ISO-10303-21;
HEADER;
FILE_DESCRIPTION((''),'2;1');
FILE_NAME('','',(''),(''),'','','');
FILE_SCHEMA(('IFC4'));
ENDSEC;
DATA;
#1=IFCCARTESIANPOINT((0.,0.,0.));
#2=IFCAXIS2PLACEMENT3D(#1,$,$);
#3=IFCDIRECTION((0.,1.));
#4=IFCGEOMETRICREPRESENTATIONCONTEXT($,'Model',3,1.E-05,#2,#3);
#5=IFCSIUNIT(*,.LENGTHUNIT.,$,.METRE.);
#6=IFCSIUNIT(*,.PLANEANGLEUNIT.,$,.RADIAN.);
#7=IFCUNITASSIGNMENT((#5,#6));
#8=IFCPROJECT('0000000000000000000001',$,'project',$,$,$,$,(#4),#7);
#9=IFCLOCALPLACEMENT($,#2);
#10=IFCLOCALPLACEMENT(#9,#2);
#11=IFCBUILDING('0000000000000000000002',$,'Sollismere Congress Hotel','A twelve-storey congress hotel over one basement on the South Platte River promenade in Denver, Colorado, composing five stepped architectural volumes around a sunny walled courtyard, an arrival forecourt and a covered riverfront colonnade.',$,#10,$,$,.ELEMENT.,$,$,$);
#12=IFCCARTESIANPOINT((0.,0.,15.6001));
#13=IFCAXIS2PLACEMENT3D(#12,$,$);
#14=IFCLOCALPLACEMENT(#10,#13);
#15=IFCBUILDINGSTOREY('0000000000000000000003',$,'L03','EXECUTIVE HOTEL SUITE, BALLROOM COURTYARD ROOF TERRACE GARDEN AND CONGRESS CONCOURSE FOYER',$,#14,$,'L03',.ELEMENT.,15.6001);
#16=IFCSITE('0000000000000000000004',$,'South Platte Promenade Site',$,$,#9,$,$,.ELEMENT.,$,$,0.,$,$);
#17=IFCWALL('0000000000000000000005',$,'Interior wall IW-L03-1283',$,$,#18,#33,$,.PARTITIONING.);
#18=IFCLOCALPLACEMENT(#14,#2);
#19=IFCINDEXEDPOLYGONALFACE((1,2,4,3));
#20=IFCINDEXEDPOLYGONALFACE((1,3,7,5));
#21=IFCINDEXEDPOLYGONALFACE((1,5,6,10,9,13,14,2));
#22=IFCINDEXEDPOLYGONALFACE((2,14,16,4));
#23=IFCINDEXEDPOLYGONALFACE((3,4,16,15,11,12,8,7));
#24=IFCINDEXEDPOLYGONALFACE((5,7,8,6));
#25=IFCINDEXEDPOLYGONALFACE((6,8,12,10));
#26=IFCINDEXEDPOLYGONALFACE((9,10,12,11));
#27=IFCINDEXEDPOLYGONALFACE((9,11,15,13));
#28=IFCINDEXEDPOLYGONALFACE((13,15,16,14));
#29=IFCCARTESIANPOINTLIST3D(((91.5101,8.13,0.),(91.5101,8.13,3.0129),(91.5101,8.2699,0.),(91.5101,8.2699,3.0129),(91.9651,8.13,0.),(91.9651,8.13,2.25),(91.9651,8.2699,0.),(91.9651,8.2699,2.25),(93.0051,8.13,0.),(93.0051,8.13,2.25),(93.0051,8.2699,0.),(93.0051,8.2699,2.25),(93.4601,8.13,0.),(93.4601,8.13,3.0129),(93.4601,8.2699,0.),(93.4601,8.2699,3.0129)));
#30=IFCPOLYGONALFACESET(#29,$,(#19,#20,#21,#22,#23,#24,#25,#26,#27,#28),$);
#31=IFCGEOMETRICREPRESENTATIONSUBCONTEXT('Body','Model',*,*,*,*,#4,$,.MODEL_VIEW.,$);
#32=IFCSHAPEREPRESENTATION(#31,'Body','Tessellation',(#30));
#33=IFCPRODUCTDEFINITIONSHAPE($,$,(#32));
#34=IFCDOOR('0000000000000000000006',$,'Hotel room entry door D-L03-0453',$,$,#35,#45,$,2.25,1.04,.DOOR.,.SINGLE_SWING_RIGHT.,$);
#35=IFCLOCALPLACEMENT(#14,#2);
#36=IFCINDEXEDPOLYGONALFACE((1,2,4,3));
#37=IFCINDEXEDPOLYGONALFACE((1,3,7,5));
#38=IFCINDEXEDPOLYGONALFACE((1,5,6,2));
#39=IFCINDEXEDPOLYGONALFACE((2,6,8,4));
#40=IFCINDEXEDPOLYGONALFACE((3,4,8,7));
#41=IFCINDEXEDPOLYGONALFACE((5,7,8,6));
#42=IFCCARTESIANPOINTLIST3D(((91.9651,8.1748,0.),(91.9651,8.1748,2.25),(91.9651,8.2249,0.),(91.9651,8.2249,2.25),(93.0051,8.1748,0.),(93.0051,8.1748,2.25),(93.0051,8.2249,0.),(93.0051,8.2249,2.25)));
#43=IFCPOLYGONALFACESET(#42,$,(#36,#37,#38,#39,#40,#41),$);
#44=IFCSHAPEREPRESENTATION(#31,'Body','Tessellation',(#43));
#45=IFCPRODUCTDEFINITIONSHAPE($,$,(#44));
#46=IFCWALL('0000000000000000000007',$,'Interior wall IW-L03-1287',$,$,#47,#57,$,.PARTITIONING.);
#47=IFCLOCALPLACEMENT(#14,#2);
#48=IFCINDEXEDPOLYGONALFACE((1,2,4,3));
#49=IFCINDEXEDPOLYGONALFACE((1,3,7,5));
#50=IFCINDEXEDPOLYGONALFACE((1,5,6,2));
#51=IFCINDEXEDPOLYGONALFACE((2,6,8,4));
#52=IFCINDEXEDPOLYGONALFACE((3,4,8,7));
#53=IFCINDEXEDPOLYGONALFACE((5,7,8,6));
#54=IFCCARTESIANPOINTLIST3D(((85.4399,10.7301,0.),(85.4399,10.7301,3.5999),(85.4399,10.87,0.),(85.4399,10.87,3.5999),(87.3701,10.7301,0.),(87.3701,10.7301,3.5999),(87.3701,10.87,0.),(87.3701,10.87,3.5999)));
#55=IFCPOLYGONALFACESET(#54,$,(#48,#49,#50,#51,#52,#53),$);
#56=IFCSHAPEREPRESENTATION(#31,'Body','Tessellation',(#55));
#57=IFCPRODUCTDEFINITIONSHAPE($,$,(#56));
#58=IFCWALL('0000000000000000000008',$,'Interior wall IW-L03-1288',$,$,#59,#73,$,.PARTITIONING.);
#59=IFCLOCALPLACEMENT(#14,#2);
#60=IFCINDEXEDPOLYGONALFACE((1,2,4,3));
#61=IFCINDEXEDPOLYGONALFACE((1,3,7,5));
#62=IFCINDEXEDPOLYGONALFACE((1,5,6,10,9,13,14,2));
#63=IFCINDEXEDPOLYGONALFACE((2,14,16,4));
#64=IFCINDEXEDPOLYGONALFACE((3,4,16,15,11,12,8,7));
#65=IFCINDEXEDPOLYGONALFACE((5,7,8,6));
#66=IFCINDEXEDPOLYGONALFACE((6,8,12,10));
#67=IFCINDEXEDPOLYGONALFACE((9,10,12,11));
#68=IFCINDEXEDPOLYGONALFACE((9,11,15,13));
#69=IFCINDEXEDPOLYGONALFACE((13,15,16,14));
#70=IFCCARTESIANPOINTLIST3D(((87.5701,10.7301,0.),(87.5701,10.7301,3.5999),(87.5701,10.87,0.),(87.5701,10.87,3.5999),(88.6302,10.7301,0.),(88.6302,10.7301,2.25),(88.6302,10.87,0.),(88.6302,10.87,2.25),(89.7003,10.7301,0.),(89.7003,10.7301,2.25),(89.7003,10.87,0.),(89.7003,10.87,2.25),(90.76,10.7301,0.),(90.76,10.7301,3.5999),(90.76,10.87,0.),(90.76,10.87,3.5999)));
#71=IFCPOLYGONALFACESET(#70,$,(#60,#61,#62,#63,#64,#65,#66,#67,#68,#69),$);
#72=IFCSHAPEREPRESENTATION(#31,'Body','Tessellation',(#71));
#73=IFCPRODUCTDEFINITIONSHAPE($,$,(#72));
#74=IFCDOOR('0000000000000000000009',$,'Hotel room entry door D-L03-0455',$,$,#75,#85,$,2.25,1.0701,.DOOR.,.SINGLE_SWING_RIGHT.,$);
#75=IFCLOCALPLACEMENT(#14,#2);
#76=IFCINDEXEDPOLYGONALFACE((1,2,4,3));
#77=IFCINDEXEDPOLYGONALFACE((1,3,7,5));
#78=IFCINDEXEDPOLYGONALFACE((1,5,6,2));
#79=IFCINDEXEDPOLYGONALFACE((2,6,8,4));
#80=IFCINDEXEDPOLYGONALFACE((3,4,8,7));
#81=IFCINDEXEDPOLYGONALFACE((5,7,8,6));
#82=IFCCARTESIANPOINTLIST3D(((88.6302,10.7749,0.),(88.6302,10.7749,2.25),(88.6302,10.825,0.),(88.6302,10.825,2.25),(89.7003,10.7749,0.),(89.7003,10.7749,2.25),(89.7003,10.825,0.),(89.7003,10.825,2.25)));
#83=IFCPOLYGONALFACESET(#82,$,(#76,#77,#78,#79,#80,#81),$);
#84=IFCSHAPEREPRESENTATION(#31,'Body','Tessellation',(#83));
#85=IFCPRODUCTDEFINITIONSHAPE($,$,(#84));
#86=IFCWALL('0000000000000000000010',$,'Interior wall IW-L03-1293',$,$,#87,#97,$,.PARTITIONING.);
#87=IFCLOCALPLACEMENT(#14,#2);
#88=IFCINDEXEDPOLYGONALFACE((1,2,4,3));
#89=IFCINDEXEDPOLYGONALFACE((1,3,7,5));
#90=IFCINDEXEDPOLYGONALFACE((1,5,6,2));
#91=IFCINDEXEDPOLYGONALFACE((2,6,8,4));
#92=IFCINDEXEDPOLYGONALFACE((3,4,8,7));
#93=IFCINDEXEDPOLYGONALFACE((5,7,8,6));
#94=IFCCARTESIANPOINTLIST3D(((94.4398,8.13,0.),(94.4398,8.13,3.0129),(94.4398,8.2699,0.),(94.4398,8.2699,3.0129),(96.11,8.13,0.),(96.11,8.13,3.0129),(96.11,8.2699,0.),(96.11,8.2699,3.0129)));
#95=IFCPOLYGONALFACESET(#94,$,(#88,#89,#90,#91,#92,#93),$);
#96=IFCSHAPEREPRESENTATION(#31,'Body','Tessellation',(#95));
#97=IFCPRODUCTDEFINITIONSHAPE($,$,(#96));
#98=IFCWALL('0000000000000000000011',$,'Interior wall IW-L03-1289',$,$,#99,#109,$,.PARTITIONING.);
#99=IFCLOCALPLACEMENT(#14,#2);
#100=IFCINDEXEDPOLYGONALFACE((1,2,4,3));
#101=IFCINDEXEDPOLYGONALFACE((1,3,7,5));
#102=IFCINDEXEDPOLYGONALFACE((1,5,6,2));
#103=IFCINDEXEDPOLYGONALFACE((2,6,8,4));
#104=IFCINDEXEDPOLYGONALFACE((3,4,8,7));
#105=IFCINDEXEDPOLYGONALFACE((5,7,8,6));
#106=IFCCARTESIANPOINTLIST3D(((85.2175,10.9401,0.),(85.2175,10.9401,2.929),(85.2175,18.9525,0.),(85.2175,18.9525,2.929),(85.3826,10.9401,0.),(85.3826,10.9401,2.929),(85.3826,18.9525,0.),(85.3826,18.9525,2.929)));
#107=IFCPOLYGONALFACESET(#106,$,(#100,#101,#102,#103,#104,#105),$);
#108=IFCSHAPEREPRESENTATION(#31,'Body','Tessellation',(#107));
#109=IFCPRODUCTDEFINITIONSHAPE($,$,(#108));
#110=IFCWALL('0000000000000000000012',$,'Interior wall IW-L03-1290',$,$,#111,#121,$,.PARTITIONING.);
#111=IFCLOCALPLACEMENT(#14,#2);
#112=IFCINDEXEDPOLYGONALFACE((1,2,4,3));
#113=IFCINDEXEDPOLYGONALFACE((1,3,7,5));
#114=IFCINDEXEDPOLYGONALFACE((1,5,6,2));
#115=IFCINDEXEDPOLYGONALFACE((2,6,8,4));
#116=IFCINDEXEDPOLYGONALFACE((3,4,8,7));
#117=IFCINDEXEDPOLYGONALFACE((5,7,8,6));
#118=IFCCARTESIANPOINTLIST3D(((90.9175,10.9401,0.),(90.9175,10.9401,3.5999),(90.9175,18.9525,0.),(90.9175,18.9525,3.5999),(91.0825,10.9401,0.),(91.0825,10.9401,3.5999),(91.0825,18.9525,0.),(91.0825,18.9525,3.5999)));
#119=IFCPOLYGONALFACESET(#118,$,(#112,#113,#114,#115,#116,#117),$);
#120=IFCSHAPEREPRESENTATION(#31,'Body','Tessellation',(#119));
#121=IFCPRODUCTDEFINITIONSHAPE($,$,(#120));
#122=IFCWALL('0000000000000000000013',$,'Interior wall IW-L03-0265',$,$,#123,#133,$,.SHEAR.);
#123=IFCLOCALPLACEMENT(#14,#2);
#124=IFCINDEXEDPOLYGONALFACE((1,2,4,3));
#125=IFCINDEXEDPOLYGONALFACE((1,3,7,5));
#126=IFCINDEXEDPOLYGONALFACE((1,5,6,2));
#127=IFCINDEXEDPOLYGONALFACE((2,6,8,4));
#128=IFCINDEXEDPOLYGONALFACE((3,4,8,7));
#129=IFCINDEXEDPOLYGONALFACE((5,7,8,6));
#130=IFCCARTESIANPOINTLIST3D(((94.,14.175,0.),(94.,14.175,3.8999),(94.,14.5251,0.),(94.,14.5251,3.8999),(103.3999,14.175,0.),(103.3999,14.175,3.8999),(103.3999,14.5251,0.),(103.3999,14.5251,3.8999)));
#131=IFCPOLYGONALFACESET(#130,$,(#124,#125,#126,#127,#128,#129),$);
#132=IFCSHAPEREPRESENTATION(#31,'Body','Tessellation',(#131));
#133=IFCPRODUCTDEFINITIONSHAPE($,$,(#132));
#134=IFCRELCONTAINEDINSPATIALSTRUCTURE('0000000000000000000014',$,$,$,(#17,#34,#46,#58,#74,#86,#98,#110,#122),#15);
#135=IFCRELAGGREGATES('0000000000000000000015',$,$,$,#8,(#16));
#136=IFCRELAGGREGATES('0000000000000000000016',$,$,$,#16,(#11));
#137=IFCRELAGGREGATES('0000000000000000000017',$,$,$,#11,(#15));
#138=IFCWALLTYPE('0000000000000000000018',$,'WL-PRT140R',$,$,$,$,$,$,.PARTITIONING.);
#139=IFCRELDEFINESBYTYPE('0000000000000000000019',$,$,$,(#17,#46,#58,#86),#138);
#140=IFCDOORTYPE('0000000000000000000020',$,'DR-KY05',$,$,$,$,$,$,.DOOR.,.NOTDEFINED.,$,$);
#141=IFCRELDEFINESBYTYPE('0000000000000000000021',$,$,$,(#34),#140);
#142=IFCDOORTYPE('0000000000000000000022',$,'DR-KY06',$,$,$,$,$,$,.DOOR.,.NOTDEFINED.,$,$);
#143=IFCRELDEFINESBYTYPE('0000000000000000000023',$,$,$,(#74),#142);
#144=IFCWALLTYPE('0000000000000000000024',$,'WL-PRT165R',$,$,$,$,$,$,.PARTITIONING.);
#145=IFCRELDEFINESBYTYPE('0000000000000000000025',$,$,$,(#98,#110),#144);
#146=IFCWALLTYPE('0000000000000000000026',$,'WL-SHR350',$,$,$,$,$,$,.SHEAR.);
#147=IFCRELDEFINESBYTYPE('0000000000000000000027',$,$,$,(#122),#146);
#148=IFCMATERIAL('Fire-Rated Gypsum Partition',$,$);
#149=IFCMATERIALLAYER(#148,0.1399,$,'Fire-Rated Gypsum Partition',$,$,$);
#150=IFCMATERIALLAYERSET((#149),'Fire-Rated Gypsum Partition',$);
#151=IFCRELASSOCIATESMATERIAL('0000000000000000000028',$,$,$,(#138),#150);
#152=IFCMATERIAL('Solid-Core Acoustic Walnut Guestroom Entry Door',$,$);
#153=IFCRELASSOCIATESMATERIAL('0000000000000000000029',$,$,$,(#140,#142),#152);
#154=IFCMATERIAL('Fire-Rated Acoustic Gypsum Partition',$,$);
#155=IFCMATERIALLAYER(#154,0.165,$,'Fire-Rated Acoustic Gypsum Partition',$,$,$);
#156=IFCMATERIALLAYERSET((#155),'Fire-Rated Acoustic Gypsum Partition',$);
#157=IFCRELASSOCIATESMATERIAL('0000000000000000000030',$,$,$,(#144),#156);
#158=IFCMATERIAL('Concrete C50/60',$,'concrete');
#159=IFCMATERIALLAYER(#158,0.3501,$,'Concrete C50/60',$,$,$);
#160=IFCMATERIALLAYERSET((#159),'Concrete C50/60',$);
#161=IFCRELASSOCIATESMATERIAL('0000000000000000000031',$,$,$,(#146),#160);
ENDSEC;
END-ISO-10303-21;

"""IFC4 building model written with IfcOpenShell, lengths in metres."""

from ifc_helpers import new_model, si_unit, direction, frame, frame_2d, origin, place, context, subcontext, project, spatial, rectangle, extrude, material, layer, layer_set, type_object, element, fill, save


model = new_model("IFC4")

# Units and contexts
model_context = context("Model", 3, precision=1e-05, world=origin(), true_north=direction((0.0, 1.0)))
body_context = subcontext(model_context, "Body", "Model", "MODEL_VIEW")
ifc_project = project(units=[si_unit("LENGTHUNIT", "METRE"), si_unit("PLANEANGLEUNIT", "RADIAN")], contexts=[model_context])

# Site, building, storey
site_placement = place(None, origin())
site = spatial("IfcSite", under=ifc_project, at=site_placement, Name="South Platte Promenade Site", CompositionType="ELEMENT", RefElevation=0.0)
building_placement = place(site_placement, origin())
building = spatial("IfcBuilding", under=site, at=building_placement, Name="Sollismere Congress Hotel", Description="A twelve-storey congress hotel over one basement on the South Platte River promenade in Denver, Colorado, composing five stepped architectural volumes around a sunny walled courtyard, an arrival forecourt and a covered riverfront colonnade.", CompositionType="ELEMENT")
storey_placement = place(building_placement, frame((0.0, 0.0, 15.6001)))
storey = spatial("IfcBuildingStorey", under=building, at=storey_placement, Name="L03", Description="EXECUTIVE HOTEL SUITE, BALLROOM COURTYARD ROOF TERRACE GARDEN AND CONGRESS CONCOURSE FOYER", LongName="L03", CompositionType="ELEMENT", Elevation=15.6001)

# Wall, opening, door
ifc_material_1 = material(Name="Fire-Rated Gypsum Partition")
ifc_layer_1 = layer(ifc_material_1, 0.1399, Name="Fire-Rated Gypsum Partition")
ifc_layer_set_1 = layer_set([ifc_layer_1], Name="Fire-Rated Gypsum Partition")
wall_type_1 = type_object("IfcWallType", Name="WL-PRT140R", PredefinedType="PARTITIONING", material=ifc_layer_set_1)
wall_1_placement = place(storey_placement, frame((91.51, 8.2, 0.0), z_axis=(0.0, 0.0, 1.0), x_axis=(1.0, 0.0, 0.0)))
wall_1 = element("IfcWall", 1, at=wall_1_placement, inside=storey, type_object=wall_type_1, Name="Interior wall IW-L03-1283", PredefinedType="PARTITIONING", context=body_context, shape_type="SweptSolid", body=[
    extrude(rectangle(XDim=1.95, YDim=0.1399, at=frame_2d((0.9751, 0.0))), origin(), (0.0, 0.0, 1.0), 3.0129),
])
opening_1_placement = place(wall_1_placement, frame((0.4551, 0.0, 0.0)))
opening_1 = element("IfcOpeningElement", 2, at=opening_1_placement, cuts=wall_1, PredefinedType="OPENING", context=body_context, shape_type="SweptSolid", body=[
    extrude(rectangle(XDim=1.04, YDim=2.25, at=frame_2d((0.52, 1.125))), frame((0.0, 0.0798, 0.0), z_axis=(0.0, -1.0, 0.0), x_axis=(1.0, 0.0, 0.0)), (0.0, 0.0, 1.0), 0.1599),
])
ifc_material_2 = material(Name="Solid-Core Acoustic Walnut Guestroom Entry Door")
door_type_1 = type_object("IfcDoorType", Name="DR-KY05", OperationType="NOTDEFINED", PredefinedType="DOOR", material=ifc_material_2)
door_1_placement = place(opening_1_placement, origin())
door_1 = element("IfcDoor", 3, at=door_1_placement, inside=storey, type_object=door_type_1, Name="Hotel room entry door D-L03-0453", OperationType="SINGLE_SWING_RIGHT", OverallHeight=2.25, OverallWidth=1.04, PredefinedType="DOOR", context=body_context, shape_type="SweptSolid", body=[
    extrude(rectangle(XDim=1.04, YDim=2.25, at=frame_2d((0.52, 1.125))), frame((0.0, 0.0249, 0.0), z_axis=(0.0, -1.0, 0.0), x_axis=(1.0, 0.0, 0.0)), (0.0, 0.0, 1.0), 0.05),
])
fill(opening_1, door_1)

# Wall
wall_2_placement = place(storey_placement, frame((85.4399, 10.8, 0.0), z_axis=(0.0, 0.0, 1.0), x_axis=(1.0, 0.0, 0.0)))
element("IfcWall", 4, at=wall_2_placement, inside=storey, type_object=wall_type_1, Name="Interior wall IW-L03-1287", PredefinedType="PARTITIONING", context=body_context, shape_type="SweptSolid", body=[
    extrude(rectangle(XDim=1.9302, YDim=0.1399, at=frame_2d((0.9651, 0.0))), origin(), (0.0, 0.0, 1.0), 3.5999),
])

# Wall, opening, door
wall_3_placement = place(storey_placement, frame((87.5701, 10.8, 0.0), z_axis=(0.0, 0.0, 1.0), x_axis=(1.0, 0.0, 0.0)))
wall_3 = element("IfcWall", 5, at=wall_3_placement, inside=storey, type_object=wall_type_1, Name="Interior wall IW-L03-1288", PredefinedType="PARTITIONING", context=body_context, shape_type="SweptSolid", body=[
    extrude(rectangle(XDim=3.1899, YDim=0.1399, at=frame_2d((1.595, 0.0))), origin(), (0.0, 0.0, 1.0), 3.5999),
])
opening_2_placement = place(wall_3_placement, frame((1.0601, 0.0, 0.0)))
opening_2 = element("IfcOpeningElement", 6, at=opening_2_placement, cuts=wall_3, PredefinedType="OPENING", context=body_context, shape_type="SweptSolid", body=[
    extrude(rectangle(XDim=1.0701, YDim=2.25, at=frame_2d((0.5352, 1.125))), frame((0.0, 0.0798, 0.0), z_axis=(0.0, -1.0, 0.0), x_axis=(1.0, 0.0, 0.0)), (0.0, 0.0, 1.0), 0.1599),
])
door_type_2 = type_object("IfcDoorType", Name="DR-KY06", OperationType="NOTDEFINED", PredefinedType="DOOR", material=ifc_material_2)
door_2_placement = place(opening_2_placement, origin())
door_2 = element("IfcDoor", 7, at=door_2_placement, inside=storey, type_object=door_type_2, Name="Hotel room entry door D-L03-0455", OperationType="SINGLE_SWING_RIGHT", OverallHeight=2.25, OverallWidth=1.0701, PredefinedType="DOOR", context=body_context, shape_type="SweptSolid", body=[
    extrude(rectangle(XDim=1.0701, YDim=2.25, at=frame_2d((0.5352, 1.125))), frame((0.0, 0.0249, 0.0), z_axis=(0.0, -1.0, 0.0), x_axis=(1.0, 0.0, 0.0)), (0.0, 0.0, 1.0), 0.05),
])
fill(opening_2, door_2)

# Walls
wall_4_placement = place(storey_placement, frame((94.4399, 8.2, 0.0), z_axis=(0.0, 0.0, 1.0), x_axis=(1.0, 0.0, 0.0)))
element("IfcWall", 8, at=wall_4_placement, inside=storey, type_object=wall_type_1, Name="Interior wall IW-L03-1293", PredefinedType="PARTITIONING", context=body_context, shape_type="SweptSolid", body=[
    extrude(rectangle(XDim=1.6702, YDim=0.1399, at=frame_2d((0.835, 0.0))), origin(), (0.0, 0.0, 1.0), 3.0129),
])
ifc_material_3 = material(Name="Fire-Rated Acoustic Gypsum Partition")
ifc_layer_2 = layer(ifc_material_3, 0.165, Name="Fire-Rated Acoustic Gypsum Partition")
ifc_layer_set_2 = layer_set([ifc_layer_2], Name="Fire-Rated Acoustic Gypsum Partition")
wall_type_2 = type_object("IfcWallType", Name="WL-PRT165R", PredefinedType="PARTITIONING", material=ifc_layer_set_2)
wall_5_placement = place(storey_placement, frame((85.3, 10.9399, 0.0), z_axis=(0.0, 0.0, 1.0), x_axis=(0.0, 1.0, 0.0)))
element("IfcWall", 9, at=wall_5_placement, inside=storey, type_object=wall_type_2, Name="Interior wall IW-L03-1289", PredefinedType="PARTITIONING", context=body_context, shape_type="SweptSolid", body=[
    extrude(rectangle(XDim=8.0125, YDim=0.165, at=frame_2d((4.0063, 0.0))), origin(), (0.0, 0.0, 1.0), 2.929),
])
wall_6_placement = place(storey_placement, frame((91.0, 10.9399, 0.0), z_axis=(0.0, 0.0, 1.0), x_axis=(0.0, 1.0, 0.0)))
element("IfcWall", 10, at=wall_6_placement, inside=storey, type_object=wall_type_2, Name="Interior wall IW-L03-1290", PredefinedType="PARTITIONING", context=body_context, shape_type="SweptSolid", body=[
    extrude(rectangle(XDim=8.0125, YDim=0.165, at=frame_2d((4.0063, 0.0))), origin(), (0.0, 0.0, 1.0), 3.5999),
])
ifc_material_4 = material(Name="Concrete C50/60", Category="concrete")
ifc_layer_3 = layer(ifc_material_4, 0.3501, Name="Concrete C50/60")
ifc_layer_set_3 = layer_set([ifc_layer_3], Name="Concrete C50/60")
wall_type_3 = type_object("IfcWallType", Name="WL-SHR350", PredefinedType="SHEAR", material=ifc_layer_set_3)
wall_7_placement = place(storey_placement, frame((94.0, 14.3501, 0.0), z_axis=(0.0, 0.0, 1.0), x_axis=(1.0, 0.0, 0.0)))
element("IfcWall", 11, at=wall_7_placement, inside=storey, type_object=wall_type_3, Name="Interior wall IW-L03-0265", PredefinedType="SHEAR", context=body_context, shape_type="SweptSolid", body=[
    extrude(rectangle(XDim=9.3999, YDim=0.3501, at=frame_2d((4.7, 0.0))), origin(), (0.0, 0.0, 1.0), 3.8999),
])

save(model, "model.ifc")
